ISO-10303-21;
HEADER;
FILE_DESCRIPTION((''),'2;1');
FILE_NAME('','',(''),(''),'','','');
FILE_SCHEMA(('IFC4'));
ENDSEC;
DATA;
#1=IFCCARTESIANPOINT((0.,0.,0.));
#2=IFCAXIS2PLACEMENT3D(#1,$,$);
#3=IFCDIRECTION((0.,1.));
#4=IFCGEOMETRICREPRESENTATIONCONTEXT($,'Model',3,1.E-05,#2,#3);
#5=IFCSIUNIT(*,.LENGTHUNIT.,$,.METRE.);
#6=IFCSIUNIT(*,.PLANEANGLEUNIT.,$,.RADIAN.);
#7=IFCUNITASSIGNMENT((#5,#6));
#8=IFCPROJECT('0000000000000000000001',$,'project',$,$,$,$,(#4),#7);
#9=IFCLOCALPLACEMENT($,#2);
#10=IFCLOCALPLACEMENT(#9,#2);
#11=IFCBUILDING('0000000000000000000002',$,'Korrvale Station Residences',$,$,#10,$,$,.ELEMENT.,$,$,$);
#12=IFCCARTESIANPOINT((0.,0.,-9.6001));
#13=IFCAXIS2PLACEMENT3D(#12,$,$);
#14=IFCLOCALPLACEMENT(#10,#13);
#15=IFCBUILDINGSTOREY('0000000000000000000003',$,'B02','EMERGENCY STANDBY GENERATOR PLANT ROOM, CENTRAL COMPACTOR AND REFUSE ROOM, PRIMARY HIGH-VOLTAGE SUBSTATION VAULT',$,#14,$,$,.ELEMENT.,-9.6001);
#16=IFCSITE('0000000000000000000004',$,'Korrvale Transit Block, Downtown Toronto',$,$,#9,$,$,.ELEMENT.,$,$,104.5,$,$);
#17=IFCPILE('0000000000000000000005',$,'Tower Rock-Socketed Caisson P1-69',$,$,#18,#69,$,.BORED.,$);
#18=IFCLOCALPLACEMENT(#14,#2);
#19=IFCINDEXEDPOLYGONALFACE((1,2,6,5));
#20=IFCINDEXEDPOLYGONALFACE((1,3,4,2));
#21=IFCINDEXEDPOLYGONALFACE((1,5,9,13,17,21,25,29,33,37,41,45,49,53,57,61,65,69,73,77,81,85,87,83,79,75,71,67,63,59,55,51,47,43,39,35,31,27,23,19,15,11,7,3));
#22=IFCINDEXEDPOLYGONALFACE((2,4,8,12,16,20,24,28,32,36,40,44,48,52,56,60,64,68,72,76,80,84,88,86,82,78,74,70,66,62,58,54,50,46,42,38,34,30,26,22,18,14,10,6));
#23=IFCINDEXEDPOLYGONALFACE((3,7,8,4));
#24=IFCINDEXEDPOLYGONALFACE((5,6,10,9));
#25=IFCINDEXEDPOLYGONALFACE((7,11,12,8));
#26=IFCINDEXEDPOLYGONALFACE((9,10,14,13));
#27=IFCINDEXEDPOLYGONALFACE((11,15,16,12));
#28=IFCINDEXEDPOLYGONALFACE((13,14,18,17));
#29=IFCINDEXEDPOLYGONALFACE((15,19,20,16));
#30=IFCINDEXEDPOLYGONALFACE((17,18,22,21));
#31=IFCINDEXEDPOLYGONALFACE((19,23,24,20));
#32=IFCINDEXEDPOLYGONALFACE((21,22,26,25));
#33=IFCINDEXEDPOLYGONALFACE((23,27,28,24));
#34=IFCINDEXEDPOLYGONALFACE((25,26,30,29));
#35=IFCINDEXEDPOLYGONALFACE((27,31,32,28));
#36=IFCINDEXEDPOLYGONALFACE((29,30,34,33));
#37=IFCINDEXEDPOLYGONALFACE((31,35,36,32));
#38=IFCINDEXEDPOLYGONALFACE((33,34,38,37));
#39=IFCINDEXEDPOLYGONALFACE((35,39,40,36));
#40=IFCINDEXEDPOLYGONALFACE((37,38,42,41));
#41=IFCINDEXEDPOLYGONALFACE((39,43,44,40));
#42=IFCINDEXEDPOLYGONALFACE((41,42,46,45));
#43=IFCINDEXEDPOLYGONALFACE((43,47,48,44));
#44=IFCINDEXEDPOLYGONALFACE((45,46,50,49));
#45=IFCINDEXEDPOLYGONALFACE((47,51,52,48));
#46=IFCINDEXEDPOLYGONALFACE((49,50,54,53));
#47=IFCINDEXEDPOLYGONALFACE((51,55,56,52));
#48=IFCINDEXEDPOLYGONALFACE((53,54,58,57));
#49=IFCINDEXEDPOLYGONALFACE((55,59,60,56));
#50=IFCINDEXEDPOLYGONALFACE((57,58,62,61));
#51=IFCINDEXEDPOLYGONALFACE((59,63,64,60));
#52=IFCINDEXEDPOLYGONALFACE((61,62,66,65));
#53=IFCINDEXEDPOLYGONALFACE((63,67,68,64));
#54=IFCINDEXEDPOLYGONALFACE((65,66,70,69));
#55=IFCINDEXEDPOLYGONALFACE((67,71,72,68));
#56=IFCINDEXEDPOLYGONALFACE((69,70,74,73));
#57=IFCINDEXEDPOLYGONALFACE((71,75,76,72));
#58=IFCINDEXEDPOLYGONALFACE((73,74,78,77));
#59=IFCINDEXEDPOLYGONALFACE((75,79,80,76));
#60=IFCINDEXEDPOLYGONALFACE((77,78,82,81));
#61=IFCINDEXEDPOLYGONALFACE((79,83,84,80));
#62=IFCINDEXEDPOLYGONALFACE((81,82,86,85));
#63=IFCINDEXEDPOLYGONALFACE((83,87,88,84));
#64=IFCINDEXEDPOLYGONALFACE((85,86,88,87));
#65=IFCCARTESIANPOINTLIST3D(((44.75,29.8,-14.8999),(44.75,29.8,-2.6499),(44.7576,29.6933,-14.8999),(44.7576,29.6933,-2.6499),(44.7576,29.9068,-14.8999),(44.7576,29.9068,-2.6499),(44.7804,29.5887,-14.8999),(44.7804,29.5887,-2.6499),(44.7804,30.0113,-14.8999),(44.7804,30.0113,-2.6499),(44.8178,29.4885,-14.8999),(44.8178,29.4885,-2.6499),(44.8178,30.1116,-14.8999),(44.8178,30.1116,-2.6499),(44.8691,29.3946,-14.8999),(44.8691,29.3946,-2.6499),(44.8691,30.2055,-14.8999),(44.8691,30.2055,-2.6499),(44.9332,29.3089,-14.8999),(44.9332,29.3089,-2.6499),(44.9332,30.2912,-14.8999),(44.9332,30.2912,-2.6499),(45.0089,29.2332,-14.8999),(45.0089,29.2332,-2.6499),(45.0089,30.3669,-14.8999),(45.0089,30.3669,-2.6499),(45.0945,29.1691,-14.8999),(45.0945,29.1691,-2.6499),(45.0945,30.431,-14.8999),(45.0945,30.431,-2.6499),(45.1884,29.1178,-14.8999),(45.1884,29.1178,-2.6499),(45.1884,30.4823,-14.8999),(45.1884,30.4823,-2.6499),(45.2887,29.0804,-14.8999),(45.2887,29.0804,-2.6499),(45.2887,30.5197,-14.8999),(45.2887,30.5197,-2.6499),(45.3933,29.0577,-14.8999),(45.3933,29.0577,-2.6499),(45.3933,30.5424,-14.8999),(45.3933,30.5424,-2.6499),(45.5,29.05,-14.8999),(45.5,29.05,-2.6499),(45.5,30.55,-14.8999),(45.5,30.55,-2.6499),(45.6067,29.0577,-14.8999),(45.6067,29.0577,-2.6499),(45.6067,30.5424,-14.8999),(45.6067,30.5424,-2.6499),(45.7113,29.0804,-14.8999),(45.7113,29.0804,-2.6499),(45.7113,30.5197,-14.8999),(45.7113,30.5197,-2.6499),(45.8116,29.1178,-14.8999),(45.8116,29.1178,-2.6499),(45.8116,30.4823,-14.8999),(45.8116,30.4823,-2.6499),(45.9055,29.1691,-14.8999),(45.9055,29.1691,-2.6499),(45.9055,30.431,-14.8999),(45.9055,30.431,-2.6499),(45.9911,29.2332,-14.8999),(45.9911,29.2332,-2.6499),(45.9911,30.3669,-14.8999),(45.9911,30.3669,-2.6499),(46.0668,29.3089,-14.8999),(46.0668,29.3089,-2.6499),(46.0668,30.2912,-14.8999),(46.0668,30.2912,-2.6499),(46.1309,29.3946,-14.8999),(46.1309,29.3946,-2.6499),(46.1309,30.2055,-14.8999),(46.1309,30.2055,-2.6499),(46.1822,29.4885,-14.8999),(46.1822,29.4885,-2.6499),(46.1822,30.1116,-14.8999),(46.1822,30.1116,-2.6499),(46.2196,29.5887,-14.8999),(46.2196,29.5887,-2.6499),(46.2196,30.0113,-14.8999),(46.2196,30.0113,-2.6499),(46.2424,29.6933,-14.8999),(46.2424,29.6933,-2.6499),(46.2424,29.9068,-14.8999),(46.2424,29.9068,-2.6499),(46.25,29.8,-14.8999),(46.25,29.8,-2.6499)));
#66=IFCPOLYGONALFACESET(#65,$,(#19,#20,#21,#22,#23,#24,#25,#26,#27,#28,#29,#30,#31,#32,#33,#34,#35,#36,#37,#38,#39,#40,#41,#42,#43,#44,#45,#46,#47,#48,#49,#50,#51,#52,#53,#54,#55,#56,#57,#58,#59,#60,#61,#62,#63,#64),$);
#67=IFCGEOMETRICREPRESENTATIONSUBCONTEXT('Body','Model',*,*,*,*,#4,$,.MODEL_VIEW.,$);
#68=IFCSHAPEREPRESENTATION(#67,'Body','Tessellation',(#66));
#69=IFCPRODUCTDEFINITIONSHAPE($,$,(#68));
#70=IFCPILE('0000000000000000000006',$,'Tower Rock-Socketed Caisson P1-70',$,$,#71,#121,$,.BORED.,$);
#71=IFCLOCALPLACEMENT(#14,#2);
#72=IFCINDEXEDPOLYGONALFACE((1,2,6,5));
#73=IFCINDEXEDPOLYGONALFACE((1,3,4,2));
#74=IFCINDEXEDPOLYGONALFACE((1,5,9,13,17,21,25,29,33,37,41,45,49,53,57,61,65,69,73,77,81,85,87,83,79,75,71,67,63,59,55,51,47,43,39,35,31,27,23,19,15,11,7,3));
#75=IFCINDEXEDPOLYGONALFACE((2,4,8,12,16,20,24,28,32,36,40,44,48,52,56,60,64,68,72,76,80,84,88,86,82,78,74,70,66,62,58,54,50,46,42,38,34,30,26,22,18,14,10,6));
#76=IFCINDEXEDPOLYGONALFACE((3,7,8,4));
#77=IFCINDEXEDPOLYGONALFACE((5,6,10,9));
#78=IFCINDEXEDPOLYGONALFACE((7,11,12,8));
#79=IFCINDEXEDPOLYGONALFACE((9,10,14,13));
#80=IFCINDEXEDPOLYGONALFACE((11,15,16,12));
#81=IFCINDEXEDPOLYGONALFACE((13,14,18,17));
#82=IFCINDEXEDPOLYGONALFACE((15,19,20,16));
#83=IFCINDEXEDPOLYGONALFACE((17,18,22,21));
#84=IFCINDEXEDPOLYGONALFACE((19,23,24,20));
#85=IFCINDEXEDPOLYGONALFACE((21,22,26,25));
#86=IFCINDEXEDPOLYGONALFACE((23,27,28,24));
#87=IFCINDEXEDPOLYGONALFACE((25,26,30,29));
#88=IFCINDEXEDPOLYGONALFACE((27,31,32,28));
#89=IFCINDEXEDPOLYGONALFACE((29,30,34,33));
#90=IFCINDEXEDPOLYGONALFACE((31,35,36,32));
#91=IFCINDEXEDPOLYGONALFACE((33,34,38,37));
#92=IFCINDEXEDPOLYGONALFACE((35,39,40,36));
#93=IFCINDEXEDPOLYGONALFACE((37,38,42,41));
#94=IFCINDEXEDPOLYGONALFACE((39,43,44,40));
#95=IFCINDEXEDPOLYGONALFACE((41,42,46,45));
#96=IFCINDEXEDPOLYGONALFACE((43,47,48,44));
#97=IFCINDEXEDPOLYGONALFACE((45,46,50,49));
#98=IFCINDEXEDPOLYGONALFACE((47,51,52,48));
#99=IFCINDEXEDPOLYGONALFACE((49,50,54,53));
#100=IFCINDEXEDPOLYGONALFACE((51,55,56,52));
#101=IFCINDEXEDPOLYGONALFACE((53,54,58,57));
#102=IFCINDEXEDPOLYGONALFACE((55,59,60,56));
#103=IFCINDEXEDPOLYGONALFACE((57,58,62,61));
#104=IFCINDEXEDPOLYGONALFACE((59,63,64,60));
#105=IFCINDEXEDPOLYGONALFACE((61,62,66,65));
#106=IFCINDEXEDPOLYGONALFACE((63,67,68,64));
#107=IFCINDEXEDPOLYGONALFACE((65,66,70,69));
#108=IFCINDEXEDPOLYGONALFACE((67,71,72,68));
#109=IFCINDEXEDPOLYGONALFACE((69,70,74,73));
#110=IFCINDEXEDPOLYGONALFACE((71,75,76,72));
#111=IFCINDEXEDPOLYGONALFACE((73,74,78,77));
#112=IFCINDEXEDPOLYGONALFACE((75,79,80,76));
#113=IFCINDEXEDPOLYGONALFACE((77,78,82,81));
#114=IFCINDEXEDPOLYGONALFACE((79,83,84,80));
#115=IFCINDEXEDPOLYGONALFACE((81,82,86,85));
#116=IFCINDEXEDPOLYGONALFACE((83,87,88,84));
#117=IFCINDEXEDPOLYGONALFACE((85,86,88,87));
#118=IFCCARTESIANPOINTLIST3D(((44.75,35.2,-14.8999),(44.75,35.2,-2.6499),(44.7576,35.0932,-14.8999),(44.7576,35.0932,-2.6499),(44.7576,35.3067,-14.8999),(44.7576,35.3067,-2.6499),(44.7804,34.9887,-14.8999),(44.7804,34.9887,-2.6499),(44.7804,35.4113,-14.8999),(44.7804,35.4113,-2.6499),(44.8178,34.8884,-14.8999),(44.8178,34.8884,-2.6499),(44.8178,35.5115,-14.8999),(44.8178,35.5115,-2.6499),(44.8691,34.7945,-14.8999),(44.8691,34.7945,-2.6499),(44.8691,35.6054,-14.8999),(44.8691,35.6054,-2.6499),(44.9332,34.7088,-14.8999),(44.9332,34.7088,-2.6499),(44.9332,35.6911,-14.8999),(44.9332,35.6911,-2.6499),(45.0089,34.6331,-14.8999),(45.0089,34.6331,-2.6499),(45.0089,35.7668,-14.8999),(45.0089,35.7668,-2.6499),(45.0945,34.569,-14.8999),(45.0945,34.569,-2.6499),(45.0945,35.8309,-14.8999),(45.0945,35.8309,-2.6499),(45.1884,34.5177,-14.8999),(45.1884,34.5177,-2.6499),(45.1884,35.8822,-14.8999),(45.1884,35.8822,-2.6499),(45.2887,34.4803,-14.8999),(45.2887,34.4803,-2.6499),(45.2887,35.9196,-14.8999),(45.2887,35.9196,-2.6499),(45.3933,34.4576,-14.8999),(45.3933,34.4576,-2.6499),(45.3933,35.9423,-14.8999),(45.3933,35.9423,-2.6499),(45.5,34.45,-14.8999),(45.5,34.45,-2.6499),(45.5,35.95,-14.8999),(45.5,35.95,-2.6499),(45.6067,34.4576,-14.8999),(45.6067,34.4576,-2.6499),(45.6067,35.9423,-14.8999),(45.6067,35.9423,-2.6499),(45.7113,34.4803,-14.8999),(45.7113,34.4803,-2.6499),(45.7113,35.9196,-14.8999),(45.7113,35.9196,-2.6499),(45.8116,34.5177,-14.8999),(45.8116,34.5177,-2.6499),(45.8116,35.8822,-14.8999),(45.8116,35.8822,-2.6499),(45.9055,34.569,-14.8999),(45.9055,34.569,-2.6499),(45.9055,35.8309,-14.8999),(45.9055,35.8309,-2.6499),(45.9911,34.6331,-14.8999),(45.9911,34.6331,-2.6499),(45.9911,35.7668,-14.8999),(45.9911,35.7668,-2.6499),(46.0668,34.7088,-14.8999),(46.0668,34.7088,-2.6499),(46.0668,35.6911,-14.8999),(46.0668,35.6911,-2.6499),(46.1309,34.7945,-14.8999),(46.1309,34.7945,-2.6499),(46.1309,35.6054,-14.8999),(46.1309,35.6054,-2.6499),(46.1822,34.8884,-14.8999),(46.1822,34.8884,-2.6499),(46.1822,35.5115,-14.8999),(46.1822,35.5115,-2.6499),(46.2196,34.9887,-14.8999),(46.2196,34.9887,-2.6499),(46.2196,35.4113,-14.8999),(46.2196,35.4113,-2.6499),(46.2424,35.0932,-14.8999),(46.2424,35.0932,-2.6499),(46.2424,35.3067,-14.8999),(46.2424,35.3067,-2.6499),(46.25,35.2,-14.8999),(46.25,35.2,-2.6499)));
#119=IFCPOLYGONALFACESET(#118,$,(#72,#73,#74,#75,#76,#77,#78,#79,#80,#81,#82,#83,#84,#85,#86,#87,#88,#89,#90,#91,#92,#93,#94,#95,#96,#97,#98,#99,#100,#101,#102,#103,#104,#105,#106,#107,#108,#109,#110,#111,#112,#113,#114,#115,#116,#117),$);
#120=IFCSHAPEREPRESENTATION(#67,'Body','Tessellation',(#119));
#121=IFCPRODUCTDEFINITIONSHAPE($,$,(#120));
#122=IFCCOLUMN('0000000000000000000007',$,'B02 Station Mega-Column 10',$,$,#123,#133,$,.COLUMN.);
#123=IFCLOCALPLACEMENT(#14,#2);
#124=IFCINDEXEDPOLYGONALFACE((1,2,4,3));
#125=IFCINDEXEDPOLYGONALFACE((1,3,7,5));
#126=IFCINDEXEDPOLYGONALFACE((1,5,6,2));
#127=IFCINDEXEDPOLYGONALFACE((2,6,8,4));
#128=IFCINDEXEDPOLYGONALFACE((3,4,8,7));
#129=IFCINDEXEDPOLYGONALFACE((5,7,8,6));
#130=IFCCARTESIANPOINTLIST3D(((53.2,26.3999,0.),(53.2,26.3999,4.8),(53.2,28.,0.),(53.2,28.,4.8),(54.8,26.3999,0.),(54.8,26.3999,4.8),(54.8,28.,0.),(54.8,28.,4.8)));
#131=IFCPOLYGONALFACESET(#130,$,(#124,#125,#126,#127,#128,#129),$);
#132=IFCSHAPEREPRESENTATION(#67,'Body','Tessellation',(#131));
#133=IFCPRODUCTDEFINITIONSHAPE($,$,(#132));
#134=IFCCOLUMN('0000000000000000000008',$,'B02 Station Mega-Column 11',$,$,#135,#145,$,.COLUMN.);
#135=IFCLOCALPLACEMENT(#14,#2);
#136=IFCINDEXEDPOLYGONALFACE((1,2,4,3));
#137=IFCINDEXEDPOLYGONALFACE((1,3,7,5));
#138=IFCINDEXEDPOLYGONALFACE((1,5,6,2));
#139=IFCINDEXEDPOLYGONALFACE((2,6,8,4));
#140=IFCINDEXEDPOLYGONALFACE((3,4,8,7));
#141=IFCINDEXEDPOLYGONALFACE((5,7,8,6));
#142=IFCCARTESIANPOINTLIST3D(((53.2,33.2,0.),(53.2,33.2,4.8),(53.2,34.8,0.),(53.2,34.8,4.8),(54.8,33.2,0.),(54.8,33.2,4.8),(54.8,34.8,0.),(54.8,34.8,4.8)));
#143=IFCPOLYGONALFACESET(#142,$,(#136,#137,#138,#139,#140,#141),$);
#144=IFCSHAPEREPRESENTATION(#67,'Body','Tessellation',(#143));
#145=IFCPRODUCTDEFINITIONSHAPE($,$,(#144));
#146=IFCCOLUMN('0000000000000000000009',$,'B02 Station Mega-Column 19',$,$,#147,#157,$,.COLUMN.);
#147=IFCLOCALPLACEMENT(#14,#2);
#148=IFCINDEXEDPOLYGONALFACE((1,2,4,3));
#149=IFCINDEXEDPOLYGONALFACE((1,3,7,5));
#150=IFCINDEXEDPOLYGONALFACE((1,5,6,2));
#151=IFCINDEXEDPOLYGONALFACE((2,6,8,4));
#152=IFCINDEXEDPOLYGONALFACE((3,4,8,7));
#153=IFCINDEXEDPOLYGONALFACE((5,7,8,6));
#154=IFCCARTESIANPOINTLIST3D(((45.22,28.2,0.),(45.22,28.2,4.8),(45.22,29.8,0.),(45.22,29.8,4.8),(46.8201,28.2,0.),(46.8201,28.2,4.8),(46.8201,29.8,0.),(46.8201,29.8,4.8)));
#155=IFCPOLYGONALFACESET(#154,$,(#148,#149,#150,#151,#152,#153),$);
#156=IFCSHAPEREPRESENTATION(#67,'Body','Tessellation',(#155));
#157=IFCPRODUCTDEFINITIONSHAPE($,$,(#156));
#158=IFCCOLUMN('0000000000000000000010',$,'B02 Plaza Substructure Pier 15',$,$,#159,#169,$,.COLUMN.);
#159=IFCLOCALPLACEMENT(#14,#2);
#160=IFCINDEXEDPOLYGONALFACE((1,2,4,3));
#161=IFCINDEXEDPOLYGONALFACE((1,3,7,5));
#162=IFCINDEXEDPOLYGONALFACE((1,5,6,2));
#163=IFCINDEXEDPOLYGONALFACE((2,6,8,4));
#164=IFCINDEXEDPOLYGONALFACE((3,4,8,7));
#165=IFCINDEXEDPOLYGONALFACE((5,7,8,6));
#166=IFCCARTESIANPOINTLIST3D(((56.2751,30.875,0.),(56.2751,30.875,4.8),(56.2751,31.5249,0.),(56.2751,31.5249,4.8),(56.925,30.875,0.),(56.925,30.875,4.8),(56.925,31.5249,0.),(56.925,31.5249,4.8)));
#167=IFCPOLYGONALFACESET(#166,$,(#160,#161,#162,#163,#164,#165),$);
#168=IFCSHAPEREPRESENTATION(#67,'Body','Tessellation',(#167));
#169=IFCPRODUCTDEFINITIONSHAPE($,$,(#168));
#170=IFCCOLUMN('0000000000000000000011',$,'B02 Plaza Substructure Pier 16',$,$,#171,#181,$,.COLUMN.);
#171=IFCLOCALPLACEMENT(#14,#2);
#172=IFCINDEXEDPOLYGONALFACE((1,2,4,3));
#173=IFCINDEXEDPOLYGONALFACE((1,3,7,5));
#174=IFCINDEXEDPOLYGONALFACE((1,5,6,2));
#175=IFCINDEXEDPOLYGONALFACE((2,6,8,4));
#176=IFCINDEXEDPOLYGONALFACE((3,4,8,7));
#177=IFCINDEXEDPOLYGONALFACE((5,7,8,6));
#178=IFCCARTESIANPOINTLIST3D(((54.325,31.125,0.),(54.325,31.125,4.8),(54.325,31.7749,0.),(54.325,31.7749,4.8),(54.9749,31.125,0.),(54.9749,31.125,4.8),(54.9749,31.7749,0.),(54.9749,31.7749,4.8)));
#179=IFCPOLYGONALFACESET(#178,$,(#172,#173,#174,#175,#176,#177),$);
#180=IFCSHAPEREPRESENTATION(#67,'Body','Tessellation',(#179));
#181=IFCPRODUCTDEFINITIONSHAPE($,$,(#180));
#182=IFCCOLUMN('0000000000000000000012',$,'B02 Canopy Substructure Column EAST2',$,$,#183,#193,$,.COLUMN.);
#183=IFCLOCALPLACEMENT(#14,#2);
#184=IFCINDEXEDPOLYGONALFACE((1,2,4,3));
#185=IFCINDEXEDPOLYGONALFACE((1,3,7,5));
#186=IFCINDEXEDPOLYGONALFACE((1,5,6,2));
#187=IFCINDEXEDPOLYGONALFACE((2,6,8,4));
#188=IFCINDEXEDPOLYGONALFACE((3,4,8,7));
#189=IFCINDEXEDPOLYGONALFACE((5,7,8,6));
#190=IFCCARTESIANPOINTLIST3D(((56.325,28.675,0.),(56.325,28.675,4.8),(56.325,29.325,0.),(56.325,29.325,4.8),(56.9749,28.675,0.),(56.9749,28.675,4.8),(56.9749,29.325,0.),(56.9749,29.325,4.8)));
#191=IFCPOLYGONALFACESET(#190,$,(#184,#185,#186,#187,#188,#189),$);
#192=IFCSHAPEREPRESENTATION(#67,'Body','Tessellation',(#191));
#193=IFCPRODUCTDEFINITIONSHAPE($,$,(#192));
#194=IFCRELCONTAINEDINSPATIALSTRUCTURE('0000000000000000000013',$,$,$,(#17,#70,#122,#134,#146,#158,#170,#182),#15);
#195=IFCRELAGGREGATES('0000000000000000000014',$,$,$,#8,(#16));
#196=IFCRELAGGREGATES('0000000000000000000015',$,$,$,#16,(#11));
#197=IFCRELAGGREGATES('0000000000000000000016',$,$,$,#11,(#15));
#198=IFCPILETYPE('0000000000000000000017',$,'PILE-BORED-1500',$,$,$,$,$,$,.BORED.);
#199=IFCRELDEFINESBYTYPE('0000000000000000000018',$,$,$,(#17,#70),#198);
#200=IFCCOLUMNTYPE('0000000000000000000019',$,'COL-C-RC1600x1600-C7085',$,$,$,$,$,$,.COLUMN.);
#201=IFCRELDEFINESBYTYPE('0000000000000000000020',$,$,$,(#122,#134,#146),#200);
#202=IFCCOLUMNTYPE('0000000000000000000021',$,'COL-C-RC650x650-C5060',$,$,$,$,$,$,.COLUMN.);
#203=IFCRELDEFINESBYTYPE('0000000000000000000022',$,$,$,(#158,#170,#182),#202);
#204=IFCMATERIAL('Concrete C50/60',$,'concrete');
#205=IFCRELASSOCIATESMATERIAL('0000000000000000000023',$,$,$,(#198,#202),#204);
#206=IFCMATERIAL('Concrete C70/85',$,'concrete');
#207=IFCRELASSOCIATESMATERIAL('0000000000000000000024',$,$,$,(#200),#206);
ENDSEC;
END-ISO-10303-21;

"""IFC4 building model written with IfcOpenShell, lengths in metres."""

from ifc_helpers import new_model, si_unit, direction, frame, origin, origin_2d, place, context, subcontext, project, spatial, rectangle, circle, extrude, material, material_profile, profile_set, type_object, element, save


model = new_model("IFC4")

# Units and contexts
model_context = context("Model", 3, precision=1e-05, world=origin(), true_north=direction((0.0, 1.0)))
body_context = subcontext(model_context, "Body", "Model", "MODEL_VIEW")
ifc_project = project(units=[si_unit("LENGTHUNIT", "METRE"), si_unit("PLANEANGLEUNIT", "RADIAN")], contexts=[model_context])

# Site, building, storey
site_placement = place(None, origin())
site = spatial("IfcSite", under=ifc_project, at=site_placement, Name="Korrvale Transit Block, Downtown Toronto", CompositionType="ELEMENT", RefElevation=104.5)
building_placement = place(site_placement, origin())
building = spatial("IfcBuilding", under=site, at=building_placement, Name="Korrvale Station Residences", CompositionType="ELEMENT")
storey_placement = place(building_placement, frame((0.0, 0.0, -9.6001)))
storey = spatial("IfcBuildingStorey", under=building, at=storey_placement, Name="B02", Description="EMERGENCY STANDBY GENERATOR PLANT ROOM, CENTRAL COMPACTOR AND REFUSE ROOM, PRIMARY HIGH-VOLTAGE SUBSTATION VAULT", CompositionType="ELEMENT", Elevation=-9.6001)

# Piles
ifc_material_1 = material(Name="Concrete C50/60", Category="concrete")
ifc_material_profile_1 = material_profile(ifc_material_1, circle(Radius=0.75, at=origin_2d()), Name="PILE1500")
ifc_profile_set_1 = profile_set([ifc_material_profile_1], Name="Concrete C50/60")
pile_type_1 = type_object("IfcPileType", Name="PILE-BORED-1500", PredefinedType="BORED", material=ifc_profile_set_1)
for number, where, z_axis, x_axis, name in (
    (1, (45.5, 29.8, -2.6499), (0.0, 0.0, -1.0), (1.0, 0.0, 0.0), "Tower Rock-Socketed Caisson P1-69"),
    (2, (45.5, 35.2, -2.6499), (0.0, 0.0, -1.0), (1.0, 0.0, 0.0), "Tower Rock-Socketed Caisson P1-70"),
):
    element("IfcPile", number, at=place(storey_placement, frame(where, z_axis=z_axis, x_axis=x_axis)), inside=storey, type_object=pile_type_1, Name=name, PredefinedType="BORED", context=body_context, shape_type="SweptSolid", body=[
        extrude(circle(Radius=0.75, at=origin_2d()), origin(), (0.0, 0.0, 1.0), 12.25),
    ])

# Columns
ifc_material_2 = material(Name="Concrete C70/85", Category="concrete")
ifc_material_profile_2 = material_profile(ifc_material_2, rectangle(XDim=1.6001, YDim=1.6001, at=origin_2d()), Name="RC1600x1600")
ifc_profile_set_2 = profile_set([ifc_material_profile_2], Name="Concrete C70/85")
column_type_1 = type_object("IfcColumnType", Name="COL-C-RC1600x1600-C7085", PredefinedType="COLUMN", material=ifc_profile_set_2)
for number, where, z_axis, x_axis, name in (
    (3, (54.0, 27.2, 0.0), (0.0, 0.0, 1.0), (1.0, 0.0, 0.0), "B02 Station Mega-Column 10"),
    (4, (54.0, 34.0, 0.0), (0.0, 0.0, 1.0), (1.0, 0.0, 0.0), "B02 Station Mega-Column 11"),
    (5, (46.02, 29.0, 0.0), (0.0, 0.0, 1.0), (1.0, 0.0, 0.0), "B02 Station Mega-Column 19"),
):
    element("IfcColumn", number, at=place(storey_placement, frame(where, z_axis=z_axis, x_axis=x_axis)), inside=storey, type_object=column_type_1, Name=name, PredefinedType="COLUMN", context=body_context, shape_type="SweptSolid", body=[
        extrude(rectangle(XDim=1.6001, YDim=1.6001, at=origin_2d()), origin(), (0.0, 0.0, 1.0), 4.8),
    ])
ifc_material_profile_3 = material_profile(ifc_material_1, rectangle(XDim=0.6499, YDim=0.6499, at=origin_2d()), Name="RC650x650")
ifc_profile_set_3 = profile_set([ifc_material_profile_3], Name="Concrete C50/60")
column_type_2 = type_object("IfcColumnType", Name="COL-C-RC650x650-C5060", PredefinedType="COLUMN", material=ifc_profile_set_3)
for number, where, z_axis, x_axis, name in (
    (6, (56.6001, 31.2, 0.0), (0.0, 0.0, 1.0), (1.0, 0.0, 0.0), "B02 Plaza Substructure Pier 15"),
    (7, (54.6499, 31.45, 0.0), (0.0, 0.0, 1.0), (1.0, 0.0, 0.0), "B02 Plaza Substructure Pier 16"),
    (8, (56.6499, 29.0, 0.0), (0.0, 0.0, 1.0), (1.0, 0.0, 0.0), "B02 Canopy Substructure Column EAST2"),
):
    element("IfcColumn", number, at=place(storey_placement, frame(where, z_axis=z_axis, x_axis=x_axis)), inside=storey, type_object=column_type_2, Name=name, PredefinedType="COLUMN", context=body_context, shape_type="SweptSolid", body=[
        extrude(rectangle(XDim=0.6499, YDim=0.6499, at=origin_2d()), origin(), (0.0, 0.0, 1.0), 4.8),
    ])

save(model, "model.ifc")
